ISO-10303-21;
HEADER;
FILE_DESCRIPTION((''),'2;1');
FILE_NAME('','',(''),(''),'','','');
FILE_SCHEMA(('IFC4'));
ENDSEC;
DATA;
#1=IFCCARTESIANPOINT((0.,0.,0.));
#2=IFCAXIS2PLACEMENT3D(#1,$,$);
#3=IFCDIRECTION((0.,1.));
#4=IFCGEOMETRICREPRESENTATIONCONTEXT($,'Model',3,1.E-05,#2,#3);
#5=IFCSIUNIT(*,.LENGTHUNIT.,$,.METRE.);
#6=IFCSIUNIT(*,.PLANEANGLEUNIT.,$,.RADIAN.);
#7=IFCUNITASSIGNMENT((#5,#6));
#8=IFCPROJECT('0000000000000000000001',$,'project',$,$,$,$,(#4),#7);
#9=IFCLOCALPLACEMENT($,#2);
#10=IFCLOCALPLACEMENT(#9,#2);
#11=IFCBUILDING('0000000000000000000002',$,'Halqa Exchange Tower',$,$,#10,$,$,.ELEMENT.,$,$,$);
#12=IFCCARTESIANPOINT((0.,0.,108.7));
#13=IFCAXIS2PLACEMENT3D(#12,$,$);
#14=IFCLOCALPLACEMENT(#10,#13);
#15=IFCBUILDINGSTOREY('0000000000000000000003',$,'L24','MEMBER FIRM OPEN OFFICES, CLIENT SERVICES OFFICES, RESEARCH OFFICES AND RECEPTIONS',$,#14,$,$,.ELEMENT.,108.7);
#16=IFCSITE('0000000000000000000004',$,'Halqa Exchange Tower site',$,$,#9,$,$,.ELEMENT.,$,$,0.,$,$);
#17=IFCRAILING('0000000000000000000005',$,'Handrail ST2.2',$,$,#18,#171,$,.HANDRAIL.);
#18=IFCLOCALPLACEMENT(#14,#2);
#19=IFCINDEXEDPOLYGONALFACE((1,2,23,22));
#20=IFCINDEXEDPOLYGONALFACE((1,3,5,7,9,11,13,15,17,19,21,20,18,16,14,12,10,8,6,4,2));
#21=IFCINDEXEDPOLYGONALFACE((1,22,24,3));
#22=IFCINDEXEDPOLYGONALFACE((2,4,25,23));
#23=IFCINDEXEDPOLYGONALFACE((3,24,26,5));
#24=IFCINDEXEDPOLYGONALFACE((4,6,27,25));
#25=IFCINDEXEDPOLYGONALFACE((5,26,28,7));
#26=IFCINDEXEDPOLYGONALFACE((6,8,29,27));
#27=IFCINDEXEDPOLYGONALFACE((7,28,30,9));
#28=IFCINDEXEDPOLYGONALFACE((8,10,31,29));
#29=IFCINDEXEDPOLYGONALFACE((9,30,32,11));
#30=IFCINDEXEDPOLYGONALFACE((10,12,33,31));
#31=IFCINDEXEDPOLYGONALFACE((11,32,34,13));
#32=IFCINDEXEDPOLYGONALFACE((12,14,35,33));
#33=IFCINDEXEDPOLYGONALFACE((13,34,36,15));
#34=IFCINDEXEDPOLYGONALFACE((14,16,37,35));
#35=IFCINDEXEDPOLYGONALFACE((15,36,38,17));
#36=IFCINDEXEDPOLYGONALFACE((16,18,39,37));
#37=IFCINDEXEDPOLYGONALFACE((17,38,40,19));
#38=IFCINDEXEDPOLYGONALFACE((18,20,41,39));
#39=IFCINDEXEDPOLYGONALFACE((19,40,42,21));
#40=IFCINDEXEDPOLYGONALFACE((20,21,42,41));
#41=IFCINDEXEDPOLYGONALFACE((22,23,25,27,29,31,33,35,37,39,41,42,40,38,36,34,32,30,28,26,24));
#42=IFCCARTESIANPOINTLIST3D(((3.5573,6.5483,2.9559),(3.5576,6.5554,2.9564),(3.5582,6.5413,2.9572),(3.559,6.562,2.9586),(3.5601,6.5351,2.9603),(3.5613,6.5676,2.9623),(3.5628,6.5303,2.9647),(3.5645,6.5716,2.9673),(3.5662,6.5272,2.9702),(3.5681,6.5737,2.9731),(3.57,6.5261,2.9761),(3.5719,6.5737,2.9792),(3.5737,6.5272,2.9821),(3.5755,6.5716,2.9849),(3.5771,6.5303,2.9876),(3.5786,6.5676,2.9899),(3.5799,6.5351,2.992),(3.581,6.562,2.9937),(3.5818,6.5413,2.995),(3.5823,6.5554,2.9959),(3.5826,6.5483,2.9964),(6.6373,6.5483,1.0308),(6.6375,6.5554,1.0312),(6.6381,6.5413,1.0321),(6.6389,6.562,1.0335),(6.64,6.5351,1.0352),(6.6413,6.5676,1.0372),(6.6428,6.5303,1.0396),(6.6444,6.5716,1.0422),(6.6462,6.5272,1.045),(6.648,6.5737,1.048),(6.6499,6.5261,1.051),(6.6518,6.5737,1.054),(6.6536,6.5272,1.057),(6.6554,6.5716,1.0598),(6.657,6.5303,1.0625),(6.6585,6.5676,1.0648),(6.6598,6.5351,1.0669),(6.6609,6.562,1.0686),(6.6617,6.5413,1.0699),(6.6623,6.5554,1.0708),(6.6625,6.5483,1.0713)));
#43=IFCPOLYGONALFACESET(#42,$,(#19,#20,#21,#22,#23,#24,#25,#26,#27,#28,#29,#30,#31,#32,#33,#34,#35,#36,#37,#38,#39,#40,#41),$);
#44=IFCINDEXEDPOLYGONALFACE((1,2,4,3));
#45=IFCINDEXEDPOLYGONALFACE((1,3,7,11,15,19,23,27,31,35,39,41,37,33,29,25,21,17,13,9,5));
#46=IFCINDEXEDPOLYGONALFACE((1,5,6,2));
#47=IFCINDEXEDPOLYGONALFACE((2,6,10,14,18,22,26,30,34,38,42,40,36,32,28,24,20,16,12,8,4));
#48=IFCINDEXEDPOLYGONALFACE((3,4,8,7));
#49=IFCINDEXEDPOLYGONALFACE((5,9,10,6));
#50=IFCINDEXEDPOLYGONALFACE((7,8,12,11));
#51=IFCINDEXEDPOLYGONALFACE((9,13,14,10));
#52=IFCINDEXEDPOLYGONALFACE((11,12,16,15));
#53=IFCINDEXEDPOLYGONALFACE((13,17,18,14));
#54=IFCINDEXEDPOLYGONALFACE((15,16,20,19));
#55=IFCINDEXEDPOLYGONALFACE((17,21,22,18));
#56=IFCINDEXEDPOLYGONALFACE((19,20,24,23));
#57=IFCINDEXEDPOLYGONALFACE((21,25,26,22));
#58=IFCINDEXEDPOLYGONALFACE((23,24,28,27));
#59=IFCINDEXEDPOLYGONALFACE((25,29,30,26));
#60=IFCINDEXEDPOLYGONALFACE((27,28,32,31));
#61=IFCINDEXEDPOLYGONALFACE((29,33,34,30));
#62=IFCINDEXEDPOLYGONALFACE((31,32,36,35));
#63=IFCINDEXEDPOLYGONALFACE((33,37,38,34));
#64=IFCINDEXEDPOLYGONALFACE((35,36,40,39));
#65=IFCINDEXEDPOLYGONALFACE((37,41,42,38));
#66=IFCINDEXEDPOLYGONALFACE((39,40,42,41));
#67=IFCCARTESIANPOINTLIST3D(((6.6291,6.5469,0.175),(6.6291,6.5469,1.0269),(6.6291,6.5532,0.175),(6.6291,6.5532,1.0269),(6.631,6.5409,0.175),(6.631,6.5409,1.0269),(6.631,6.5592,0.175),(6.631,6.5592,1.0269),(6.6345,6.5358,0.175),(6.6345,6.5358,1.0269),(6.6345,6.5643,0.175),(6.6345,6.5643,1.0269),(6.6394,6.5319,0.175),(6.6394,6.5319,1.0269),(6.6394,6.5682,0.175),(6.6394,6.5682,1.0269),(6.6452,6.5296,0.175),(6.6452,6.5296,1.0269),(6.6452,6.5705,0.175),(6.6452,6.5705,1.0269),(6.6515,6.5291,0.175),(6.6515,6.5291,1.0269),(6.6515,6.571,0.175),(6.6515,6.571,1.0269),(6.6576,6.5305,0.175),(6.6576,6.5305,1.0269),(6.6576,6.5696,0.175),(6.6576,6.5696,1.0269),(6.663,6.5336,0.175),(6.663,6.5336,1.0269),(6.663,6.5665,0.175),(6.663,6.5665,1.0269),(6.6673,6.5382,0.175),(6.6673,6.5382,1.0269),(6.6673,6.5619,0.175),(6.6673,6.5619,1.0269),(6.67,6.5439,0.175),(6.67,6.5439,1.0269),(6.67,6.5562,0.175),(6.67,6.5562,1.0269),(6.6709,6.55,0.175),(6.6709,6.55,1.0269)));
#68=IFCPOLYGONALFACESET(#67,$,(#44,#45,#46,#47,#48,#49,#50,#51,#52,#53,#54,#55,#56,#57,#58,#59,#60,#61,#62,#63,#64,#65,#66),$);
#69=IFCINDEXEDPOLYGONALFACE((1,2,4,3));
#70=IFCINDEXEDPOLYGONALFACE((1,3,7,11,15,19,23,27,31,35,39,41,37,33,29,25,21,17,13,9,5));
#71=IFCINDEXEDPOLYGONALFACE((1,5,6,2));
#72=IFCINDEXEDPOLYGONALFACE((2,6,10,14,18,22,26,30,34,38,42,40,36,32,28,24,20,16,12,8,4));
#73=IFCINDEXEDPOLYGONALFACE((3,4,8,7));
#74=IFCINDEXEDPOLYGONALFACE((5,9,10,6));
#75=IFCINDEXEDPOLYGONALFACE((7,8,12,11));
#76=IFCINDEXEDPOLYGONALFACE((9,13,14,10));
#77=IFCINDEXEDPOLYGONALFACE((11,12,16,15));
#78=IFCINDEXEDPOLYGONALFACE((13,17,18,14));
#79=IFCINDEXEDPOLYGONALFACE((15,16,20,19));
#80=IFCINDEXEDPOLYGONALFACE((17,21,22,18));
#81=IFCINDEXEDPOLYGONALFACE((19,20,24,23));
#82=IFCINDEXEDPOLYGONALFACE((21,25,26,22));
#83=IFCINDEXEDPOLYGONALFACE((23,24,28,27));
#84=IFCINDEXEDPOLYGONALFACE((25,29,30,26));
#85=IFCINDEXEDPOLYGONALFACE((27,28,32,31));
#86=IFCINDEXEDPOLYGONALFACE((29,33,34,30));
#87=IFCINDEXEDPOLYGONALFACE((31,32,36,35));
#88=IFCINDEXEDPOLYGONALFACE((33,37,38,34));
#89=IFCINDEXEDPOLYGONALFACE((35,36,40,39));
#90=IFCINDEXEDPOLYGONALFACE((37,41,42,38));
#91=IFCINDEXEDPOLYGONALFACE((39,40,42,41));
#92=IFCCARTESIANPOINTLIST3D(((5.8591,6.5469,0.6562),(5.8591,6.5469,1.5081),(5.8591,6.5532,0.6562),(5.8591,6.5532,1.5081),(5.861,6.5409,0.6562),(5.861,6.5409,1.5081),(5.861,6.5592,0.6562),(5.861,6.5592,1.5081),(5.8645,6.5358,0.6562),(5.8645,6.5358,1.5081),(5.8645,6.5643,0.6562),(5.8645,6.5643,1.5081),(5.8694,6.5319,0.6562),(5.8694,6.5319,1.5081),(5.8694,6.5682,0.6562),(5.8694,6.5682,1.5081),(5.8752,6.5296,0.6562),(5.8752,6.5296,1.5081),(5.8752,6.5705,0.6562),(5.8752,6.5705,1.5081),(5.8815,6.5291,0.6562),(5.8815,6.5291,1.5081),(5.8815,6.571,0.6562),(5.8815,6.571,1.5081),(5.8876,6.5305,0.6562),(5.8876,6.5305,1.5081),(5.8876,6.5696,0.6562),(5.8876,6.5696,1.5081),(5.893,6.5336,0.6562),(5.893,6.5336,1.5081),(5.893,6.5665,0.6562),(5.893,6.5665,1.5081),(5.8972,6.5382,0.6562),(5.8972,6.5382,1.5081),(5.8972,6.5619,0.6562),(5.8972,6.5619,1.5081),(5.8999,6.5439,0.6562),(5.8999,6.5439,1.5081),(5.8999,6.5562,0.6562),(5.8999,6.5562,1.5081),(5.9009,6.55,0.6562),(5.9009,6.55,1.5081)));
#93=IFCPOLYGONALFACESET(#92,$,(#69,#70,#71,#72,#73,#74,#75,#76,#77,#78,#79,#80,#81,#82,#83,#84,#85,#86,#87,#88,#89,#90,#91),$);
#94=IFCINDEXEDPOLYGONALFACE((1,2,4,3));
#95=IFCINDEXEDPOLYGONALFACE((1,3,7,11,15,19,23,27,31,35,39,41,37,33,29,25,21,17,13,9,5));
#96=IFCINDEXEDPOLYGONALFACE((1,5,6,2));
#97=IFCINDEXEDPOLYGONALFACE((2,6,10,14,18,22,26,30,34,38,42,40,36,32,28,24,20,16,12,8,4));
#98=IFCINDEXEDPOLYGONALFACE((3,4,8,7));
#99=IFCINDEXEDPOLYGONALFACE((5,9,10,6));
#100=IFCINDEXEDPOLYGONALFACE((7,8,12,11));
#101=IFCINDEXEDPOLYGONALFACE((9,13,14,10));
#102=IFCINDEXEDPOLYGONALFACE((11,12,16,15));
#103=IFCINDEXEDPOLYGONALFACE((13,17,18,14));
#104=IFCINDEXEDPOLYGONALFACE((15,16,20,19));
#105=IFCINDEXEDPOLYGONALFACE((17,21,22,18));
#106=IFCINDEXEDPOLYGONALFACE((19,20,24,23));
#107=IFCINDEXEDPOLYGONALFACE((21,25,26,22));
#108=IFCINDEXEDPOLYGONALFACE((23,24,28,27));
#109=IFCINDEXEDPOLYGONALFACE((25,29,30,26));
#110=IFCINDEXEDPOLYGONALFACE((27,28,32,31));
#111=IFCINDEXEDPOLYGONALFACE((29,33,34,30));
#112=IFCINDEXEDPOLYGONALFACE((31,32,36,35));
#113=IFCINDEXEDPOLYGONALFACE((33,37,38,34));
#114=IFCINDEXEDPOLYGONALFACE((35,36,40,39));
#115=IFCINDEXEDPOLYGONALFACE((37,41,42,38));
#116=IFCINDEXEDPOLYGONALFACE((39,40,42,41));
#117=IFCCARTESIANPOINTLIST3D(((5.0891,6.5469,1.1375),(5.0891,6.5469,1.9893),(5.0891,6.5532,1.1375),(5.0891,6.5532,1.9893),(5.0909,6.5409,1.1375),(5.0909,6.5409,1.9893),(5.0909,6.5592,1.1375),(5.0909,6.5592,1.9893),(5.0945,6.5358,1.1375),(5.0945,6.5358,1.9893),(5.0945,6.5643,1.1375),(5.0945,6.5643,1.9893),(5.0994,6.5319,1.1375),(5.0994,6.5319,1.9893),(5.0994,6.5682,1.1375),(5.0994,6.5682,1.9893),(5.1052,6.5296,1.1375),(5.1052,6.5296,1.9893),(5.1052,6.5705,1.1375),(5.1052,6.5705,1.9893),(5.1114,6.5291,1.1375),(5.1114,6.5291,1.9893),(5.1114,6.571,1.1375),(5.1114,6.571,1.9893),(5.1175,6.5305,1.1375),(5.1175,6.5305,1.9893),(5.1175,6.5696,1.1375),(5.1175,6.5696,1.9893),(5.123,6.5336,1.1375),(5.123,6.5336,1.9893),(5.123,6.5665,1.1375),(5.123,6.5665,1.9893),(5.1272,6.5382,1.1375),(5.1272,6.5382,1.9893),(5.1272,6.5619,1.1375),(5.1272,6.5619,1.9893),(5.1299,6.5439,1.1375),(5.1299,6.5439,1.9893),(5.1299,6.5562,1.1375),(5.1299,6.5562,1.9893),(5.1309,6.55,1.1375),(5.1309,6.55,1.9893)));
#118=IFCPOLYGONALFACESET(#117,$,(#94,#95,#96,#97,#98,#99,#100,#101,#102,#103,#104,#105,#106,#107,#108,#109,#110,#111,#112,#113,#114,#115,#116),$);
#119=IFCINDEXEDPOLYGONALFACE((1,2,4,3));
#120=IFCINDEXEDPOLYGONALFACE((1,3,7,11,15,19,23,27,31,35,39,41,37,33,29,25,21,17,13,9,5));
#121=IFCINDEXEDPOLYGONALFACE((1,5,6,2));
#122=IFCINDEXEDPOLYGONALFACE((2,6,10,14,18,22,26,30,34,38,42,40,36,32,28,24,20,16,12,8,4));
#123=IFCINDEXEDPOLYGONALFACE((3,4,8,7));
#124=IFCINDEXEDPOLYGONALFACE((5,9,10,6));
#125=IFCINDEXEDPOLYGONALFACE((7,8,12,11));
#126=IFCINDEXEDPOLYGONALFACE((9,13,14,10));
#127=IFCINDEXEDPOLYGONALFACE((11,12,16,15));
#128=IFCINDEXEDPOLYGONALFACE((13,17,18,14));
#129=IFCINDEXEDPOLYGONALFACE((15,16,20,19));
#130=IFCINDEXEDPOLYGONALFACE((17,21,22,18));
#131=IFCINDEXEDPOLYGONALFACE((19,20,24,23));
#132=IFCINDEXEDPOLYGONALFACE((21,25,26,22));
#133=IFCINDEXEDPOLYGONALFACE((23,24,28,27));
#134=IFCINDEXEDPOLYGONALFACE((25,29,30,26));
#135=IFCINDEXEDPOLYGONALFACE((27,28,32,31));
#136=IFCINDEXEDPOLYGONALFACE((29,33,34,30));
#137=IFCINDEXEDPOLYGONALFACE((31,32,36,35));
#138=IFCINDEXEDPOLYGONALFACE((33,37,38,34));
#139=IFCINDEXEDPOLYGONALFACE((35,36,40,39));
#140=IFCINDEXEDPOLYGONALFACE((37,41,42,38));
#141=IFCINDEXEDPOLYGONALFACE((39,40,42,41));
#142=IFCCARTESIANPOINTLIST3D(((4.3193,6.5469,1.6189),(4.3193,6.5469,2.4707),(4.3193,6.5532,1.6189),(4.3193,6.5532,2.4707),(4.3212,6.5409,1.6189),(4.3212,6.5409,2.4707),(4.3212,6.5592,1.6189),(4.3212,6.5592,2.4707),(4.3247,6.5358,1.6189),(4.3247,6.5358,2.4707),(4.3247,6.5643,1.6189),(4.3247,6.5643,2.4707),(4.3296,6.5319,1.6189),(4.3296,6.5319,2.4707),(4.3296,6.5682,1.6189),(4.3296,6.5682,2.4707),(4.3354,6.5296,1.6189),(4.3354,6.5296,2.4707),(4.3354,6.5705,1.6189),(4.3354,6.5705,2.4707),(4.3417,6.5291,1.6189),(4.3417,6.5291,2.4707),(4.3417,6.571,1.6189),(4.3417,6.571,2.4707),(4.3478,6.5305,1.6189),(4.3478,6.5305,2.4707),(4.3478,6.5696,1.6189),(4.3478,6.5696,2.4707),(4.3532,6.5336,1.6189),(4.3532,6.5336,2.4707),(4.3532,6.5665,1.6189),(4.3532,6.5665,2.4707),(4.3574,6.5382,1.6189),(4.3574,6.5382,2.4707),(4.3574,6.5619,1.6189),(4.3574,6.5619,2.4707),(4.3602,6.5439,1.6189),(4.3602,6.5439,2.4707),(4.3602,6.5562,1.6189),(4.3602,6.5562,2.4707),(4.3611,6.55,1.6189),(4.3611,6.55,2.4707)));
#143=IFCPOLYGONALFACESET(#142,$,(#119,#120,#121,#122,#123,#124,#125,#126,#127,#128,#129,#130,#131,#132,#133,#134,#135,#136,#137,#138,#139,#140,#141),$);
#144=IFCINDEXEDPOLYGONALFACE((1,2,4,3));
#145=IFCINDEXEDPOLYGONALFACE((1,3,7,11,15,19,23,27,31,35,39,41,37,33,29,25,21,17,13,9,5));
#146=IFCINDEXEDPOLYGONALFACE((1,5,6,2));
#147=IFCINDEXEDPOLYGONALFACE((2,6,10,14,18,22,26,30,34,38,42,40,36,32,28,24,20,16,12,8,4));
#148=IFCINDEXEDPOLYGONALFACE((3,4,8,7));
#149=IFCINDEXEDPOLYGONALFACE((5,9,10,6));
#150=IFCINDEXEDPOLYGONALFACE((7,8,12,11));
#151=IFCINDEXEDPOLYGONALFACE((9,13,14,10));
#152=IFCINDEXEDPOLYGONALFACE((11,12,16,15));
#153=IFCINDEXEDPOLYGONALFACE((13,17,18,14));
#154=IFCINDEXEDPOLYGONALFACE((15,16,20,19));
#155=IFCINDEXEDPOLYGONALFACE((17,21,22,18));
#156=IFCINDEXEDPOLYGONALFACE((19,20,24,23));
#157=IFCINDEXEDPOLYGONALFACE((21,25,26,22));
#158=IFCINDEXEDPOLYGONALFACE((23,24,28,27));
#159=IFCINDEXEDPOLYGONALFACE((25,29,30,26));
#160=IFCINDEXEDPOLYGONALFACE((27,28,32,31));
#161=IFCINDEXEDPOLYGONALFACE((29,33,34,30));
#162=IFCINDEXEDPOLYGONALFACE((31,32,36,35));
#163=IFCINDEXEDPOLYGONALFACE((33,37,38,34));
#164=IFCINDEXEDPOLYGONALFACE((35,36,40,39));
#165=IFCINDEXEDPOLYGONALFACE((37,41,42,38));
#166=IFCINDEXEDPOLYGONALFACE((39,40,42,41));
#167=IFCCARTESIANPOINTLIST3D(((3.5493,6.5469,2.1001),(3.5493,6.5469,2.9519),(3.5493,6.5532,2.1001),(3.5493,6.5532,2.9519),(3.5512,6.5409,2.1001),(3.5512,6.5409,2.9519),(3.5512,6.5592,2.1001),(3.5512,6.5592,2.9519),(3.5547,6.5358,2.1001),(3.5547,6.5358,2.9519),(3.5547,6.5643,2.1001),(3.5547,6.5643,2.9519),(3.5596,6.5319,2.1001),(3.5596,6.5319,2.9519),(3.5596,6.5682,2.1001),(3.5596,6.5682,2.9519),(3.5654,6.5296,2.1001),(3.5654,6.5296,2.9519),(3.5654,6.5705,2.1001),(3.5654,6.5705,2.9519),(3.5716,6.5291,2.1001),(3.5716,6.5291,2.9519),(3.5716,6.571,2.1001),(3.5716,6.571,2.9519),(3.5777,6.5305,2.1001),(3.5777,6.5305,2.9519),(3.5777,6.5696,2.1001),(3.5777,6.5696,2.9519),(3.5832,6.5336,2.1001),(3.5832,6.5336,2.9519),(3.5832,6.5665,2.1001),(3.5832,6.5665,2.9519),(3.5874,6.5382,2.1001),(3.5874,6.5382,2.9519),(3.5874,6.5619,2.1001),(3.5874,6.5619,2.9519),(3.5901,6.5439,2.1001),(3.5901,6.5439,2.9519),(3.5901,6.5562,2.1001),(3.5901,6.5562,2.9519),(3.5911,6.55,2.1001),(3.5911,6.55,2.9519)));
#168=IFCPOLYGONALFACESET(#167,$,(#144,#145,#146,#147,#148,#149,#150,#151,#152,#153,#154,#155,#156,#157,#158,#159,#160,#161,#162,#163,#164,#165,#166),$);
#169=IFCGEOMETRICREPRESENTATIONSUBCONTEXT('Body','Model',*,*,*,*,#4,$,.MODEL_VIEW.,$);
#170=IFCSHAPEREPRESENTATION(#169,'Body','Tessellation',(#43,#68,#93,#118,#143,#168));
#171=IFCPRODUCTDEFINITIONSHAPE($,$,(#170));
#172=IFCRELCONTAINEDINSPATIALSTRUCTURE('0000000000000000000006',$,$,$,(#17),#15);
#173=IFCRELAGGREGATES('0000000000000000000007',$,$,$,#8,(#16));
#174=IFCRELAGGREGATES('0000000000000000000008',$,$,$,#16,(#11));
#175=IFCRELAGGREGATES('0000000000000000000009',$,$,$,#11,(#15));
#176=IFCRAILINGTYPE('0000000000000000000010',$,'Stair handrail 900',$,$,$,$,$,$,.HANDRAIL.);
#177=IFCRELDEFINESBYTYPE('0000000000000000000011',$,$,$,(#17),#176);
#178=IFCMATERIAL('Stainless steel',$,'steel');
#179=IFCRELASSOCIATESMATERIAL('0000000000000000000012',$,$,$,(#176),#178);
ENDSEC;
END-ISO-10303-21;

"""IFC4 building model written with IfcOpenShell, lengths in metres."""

from ifc_helpers import new_model, si_unit, direction, frame, origin, origin_2d, place, context, subcontext, project, spatial, circle, extrude, material, type_object, element, save


model = new_model("IFC4")

# Units and contexts
model_context = context("Model", 3, precision=1e-05, world=origin(), true_north=direction((0.0, 1.0)))
body_context = subcontext(model_context, "Body", "Model", "MODEL_VIEW")
ifc_project = project(units=[si_unit("LENGTHUNIT", "METRE"), si_unit("PLANEANGLEUNIT", "RADIAN")], contexts=[model_context])

# Site, building, storey
site_placement = place(None, origin())
site = spatial("IfcSite", under=ifc_project, at=site_placement, Name="Halqa Exchange Tower site", CompositionType="ELEMENT", RefElevation=0.0)
building_placement = place(site_placement, origin())
building = spatial("IfcBuilding", under=site, at=building_placement, Name="Halqa Exchange Tower", CompositionType="ELEMENT")
storey_placement = place(building_placement, frame((0.0, 0.0, 108.7)))
storey = spatial("IfcBuildingStorey", under=building, at=storey_placement, Name="L24", Description="MEMBER FIRM OPEN OFFICES, CLIENT SERVICES OFFICES, RESEARCH OFFICES AND RECEPTIONS", CompositionType="ELEMENT", Elevation=108.7)

# Railing
ifc_material_1 = material(Name="Stainless steel", Category="steel")
railing_type_1 = type_object("IfcRailingType", Name="Stair handrail 900", PredefinedType="HANDRAIL", material=ifc_material_1)
railing_1_placement = place(storey_placement, frame((6.6499, 6.55, 0.175)))
element("IfcRailing", 1, at=railing_1_placement, inside=storey, type_object=railing_type_1, Name="Handrail ST2.2", PredefinedType="HANDRAIL", context=body_context, shape_type="SweptSolid", body=[
    extrude(circle(Radius=0.0239, at=origin_2d()), frame((0.0, 0.0, 0.876), z_axis=(-0.847979, 0.0, 0.530029), x_axis=(0.0, -1.0, 0.0)), (0.0, 0.0, 1.0), 3.6321),
    extrude(circle(Radius=0.021, at=origin_2d()), origin(), (0.0, 0.0, 1.0), 0.8518),
    extrude(circle(Radius=0.021, at=origin_2d()), frame((-0.77, 0.0, 0.4812)), (0.0, 0.0, 1.0), 0.8518),
    extrude(circle(Radius=0.021, at=origin_2d()), frame((-1.54, 0.0, 0.9624)), (0.0, 0.0, 1.0), 0.8518),
    extrude(circle(Radius=0.021, at=origin_2d()), frame((-2.3098, 0.0, 1.4438)), (0.0, 0.0, 1.0), 0.8518),
    extrude(circle(Radius=0.021, at=origin_2d()), frame((-3.0798, 0.0, 1.925)), (0.0, 0.0, 1.0), 0.8518),
])

save(model, "model.ifc")
